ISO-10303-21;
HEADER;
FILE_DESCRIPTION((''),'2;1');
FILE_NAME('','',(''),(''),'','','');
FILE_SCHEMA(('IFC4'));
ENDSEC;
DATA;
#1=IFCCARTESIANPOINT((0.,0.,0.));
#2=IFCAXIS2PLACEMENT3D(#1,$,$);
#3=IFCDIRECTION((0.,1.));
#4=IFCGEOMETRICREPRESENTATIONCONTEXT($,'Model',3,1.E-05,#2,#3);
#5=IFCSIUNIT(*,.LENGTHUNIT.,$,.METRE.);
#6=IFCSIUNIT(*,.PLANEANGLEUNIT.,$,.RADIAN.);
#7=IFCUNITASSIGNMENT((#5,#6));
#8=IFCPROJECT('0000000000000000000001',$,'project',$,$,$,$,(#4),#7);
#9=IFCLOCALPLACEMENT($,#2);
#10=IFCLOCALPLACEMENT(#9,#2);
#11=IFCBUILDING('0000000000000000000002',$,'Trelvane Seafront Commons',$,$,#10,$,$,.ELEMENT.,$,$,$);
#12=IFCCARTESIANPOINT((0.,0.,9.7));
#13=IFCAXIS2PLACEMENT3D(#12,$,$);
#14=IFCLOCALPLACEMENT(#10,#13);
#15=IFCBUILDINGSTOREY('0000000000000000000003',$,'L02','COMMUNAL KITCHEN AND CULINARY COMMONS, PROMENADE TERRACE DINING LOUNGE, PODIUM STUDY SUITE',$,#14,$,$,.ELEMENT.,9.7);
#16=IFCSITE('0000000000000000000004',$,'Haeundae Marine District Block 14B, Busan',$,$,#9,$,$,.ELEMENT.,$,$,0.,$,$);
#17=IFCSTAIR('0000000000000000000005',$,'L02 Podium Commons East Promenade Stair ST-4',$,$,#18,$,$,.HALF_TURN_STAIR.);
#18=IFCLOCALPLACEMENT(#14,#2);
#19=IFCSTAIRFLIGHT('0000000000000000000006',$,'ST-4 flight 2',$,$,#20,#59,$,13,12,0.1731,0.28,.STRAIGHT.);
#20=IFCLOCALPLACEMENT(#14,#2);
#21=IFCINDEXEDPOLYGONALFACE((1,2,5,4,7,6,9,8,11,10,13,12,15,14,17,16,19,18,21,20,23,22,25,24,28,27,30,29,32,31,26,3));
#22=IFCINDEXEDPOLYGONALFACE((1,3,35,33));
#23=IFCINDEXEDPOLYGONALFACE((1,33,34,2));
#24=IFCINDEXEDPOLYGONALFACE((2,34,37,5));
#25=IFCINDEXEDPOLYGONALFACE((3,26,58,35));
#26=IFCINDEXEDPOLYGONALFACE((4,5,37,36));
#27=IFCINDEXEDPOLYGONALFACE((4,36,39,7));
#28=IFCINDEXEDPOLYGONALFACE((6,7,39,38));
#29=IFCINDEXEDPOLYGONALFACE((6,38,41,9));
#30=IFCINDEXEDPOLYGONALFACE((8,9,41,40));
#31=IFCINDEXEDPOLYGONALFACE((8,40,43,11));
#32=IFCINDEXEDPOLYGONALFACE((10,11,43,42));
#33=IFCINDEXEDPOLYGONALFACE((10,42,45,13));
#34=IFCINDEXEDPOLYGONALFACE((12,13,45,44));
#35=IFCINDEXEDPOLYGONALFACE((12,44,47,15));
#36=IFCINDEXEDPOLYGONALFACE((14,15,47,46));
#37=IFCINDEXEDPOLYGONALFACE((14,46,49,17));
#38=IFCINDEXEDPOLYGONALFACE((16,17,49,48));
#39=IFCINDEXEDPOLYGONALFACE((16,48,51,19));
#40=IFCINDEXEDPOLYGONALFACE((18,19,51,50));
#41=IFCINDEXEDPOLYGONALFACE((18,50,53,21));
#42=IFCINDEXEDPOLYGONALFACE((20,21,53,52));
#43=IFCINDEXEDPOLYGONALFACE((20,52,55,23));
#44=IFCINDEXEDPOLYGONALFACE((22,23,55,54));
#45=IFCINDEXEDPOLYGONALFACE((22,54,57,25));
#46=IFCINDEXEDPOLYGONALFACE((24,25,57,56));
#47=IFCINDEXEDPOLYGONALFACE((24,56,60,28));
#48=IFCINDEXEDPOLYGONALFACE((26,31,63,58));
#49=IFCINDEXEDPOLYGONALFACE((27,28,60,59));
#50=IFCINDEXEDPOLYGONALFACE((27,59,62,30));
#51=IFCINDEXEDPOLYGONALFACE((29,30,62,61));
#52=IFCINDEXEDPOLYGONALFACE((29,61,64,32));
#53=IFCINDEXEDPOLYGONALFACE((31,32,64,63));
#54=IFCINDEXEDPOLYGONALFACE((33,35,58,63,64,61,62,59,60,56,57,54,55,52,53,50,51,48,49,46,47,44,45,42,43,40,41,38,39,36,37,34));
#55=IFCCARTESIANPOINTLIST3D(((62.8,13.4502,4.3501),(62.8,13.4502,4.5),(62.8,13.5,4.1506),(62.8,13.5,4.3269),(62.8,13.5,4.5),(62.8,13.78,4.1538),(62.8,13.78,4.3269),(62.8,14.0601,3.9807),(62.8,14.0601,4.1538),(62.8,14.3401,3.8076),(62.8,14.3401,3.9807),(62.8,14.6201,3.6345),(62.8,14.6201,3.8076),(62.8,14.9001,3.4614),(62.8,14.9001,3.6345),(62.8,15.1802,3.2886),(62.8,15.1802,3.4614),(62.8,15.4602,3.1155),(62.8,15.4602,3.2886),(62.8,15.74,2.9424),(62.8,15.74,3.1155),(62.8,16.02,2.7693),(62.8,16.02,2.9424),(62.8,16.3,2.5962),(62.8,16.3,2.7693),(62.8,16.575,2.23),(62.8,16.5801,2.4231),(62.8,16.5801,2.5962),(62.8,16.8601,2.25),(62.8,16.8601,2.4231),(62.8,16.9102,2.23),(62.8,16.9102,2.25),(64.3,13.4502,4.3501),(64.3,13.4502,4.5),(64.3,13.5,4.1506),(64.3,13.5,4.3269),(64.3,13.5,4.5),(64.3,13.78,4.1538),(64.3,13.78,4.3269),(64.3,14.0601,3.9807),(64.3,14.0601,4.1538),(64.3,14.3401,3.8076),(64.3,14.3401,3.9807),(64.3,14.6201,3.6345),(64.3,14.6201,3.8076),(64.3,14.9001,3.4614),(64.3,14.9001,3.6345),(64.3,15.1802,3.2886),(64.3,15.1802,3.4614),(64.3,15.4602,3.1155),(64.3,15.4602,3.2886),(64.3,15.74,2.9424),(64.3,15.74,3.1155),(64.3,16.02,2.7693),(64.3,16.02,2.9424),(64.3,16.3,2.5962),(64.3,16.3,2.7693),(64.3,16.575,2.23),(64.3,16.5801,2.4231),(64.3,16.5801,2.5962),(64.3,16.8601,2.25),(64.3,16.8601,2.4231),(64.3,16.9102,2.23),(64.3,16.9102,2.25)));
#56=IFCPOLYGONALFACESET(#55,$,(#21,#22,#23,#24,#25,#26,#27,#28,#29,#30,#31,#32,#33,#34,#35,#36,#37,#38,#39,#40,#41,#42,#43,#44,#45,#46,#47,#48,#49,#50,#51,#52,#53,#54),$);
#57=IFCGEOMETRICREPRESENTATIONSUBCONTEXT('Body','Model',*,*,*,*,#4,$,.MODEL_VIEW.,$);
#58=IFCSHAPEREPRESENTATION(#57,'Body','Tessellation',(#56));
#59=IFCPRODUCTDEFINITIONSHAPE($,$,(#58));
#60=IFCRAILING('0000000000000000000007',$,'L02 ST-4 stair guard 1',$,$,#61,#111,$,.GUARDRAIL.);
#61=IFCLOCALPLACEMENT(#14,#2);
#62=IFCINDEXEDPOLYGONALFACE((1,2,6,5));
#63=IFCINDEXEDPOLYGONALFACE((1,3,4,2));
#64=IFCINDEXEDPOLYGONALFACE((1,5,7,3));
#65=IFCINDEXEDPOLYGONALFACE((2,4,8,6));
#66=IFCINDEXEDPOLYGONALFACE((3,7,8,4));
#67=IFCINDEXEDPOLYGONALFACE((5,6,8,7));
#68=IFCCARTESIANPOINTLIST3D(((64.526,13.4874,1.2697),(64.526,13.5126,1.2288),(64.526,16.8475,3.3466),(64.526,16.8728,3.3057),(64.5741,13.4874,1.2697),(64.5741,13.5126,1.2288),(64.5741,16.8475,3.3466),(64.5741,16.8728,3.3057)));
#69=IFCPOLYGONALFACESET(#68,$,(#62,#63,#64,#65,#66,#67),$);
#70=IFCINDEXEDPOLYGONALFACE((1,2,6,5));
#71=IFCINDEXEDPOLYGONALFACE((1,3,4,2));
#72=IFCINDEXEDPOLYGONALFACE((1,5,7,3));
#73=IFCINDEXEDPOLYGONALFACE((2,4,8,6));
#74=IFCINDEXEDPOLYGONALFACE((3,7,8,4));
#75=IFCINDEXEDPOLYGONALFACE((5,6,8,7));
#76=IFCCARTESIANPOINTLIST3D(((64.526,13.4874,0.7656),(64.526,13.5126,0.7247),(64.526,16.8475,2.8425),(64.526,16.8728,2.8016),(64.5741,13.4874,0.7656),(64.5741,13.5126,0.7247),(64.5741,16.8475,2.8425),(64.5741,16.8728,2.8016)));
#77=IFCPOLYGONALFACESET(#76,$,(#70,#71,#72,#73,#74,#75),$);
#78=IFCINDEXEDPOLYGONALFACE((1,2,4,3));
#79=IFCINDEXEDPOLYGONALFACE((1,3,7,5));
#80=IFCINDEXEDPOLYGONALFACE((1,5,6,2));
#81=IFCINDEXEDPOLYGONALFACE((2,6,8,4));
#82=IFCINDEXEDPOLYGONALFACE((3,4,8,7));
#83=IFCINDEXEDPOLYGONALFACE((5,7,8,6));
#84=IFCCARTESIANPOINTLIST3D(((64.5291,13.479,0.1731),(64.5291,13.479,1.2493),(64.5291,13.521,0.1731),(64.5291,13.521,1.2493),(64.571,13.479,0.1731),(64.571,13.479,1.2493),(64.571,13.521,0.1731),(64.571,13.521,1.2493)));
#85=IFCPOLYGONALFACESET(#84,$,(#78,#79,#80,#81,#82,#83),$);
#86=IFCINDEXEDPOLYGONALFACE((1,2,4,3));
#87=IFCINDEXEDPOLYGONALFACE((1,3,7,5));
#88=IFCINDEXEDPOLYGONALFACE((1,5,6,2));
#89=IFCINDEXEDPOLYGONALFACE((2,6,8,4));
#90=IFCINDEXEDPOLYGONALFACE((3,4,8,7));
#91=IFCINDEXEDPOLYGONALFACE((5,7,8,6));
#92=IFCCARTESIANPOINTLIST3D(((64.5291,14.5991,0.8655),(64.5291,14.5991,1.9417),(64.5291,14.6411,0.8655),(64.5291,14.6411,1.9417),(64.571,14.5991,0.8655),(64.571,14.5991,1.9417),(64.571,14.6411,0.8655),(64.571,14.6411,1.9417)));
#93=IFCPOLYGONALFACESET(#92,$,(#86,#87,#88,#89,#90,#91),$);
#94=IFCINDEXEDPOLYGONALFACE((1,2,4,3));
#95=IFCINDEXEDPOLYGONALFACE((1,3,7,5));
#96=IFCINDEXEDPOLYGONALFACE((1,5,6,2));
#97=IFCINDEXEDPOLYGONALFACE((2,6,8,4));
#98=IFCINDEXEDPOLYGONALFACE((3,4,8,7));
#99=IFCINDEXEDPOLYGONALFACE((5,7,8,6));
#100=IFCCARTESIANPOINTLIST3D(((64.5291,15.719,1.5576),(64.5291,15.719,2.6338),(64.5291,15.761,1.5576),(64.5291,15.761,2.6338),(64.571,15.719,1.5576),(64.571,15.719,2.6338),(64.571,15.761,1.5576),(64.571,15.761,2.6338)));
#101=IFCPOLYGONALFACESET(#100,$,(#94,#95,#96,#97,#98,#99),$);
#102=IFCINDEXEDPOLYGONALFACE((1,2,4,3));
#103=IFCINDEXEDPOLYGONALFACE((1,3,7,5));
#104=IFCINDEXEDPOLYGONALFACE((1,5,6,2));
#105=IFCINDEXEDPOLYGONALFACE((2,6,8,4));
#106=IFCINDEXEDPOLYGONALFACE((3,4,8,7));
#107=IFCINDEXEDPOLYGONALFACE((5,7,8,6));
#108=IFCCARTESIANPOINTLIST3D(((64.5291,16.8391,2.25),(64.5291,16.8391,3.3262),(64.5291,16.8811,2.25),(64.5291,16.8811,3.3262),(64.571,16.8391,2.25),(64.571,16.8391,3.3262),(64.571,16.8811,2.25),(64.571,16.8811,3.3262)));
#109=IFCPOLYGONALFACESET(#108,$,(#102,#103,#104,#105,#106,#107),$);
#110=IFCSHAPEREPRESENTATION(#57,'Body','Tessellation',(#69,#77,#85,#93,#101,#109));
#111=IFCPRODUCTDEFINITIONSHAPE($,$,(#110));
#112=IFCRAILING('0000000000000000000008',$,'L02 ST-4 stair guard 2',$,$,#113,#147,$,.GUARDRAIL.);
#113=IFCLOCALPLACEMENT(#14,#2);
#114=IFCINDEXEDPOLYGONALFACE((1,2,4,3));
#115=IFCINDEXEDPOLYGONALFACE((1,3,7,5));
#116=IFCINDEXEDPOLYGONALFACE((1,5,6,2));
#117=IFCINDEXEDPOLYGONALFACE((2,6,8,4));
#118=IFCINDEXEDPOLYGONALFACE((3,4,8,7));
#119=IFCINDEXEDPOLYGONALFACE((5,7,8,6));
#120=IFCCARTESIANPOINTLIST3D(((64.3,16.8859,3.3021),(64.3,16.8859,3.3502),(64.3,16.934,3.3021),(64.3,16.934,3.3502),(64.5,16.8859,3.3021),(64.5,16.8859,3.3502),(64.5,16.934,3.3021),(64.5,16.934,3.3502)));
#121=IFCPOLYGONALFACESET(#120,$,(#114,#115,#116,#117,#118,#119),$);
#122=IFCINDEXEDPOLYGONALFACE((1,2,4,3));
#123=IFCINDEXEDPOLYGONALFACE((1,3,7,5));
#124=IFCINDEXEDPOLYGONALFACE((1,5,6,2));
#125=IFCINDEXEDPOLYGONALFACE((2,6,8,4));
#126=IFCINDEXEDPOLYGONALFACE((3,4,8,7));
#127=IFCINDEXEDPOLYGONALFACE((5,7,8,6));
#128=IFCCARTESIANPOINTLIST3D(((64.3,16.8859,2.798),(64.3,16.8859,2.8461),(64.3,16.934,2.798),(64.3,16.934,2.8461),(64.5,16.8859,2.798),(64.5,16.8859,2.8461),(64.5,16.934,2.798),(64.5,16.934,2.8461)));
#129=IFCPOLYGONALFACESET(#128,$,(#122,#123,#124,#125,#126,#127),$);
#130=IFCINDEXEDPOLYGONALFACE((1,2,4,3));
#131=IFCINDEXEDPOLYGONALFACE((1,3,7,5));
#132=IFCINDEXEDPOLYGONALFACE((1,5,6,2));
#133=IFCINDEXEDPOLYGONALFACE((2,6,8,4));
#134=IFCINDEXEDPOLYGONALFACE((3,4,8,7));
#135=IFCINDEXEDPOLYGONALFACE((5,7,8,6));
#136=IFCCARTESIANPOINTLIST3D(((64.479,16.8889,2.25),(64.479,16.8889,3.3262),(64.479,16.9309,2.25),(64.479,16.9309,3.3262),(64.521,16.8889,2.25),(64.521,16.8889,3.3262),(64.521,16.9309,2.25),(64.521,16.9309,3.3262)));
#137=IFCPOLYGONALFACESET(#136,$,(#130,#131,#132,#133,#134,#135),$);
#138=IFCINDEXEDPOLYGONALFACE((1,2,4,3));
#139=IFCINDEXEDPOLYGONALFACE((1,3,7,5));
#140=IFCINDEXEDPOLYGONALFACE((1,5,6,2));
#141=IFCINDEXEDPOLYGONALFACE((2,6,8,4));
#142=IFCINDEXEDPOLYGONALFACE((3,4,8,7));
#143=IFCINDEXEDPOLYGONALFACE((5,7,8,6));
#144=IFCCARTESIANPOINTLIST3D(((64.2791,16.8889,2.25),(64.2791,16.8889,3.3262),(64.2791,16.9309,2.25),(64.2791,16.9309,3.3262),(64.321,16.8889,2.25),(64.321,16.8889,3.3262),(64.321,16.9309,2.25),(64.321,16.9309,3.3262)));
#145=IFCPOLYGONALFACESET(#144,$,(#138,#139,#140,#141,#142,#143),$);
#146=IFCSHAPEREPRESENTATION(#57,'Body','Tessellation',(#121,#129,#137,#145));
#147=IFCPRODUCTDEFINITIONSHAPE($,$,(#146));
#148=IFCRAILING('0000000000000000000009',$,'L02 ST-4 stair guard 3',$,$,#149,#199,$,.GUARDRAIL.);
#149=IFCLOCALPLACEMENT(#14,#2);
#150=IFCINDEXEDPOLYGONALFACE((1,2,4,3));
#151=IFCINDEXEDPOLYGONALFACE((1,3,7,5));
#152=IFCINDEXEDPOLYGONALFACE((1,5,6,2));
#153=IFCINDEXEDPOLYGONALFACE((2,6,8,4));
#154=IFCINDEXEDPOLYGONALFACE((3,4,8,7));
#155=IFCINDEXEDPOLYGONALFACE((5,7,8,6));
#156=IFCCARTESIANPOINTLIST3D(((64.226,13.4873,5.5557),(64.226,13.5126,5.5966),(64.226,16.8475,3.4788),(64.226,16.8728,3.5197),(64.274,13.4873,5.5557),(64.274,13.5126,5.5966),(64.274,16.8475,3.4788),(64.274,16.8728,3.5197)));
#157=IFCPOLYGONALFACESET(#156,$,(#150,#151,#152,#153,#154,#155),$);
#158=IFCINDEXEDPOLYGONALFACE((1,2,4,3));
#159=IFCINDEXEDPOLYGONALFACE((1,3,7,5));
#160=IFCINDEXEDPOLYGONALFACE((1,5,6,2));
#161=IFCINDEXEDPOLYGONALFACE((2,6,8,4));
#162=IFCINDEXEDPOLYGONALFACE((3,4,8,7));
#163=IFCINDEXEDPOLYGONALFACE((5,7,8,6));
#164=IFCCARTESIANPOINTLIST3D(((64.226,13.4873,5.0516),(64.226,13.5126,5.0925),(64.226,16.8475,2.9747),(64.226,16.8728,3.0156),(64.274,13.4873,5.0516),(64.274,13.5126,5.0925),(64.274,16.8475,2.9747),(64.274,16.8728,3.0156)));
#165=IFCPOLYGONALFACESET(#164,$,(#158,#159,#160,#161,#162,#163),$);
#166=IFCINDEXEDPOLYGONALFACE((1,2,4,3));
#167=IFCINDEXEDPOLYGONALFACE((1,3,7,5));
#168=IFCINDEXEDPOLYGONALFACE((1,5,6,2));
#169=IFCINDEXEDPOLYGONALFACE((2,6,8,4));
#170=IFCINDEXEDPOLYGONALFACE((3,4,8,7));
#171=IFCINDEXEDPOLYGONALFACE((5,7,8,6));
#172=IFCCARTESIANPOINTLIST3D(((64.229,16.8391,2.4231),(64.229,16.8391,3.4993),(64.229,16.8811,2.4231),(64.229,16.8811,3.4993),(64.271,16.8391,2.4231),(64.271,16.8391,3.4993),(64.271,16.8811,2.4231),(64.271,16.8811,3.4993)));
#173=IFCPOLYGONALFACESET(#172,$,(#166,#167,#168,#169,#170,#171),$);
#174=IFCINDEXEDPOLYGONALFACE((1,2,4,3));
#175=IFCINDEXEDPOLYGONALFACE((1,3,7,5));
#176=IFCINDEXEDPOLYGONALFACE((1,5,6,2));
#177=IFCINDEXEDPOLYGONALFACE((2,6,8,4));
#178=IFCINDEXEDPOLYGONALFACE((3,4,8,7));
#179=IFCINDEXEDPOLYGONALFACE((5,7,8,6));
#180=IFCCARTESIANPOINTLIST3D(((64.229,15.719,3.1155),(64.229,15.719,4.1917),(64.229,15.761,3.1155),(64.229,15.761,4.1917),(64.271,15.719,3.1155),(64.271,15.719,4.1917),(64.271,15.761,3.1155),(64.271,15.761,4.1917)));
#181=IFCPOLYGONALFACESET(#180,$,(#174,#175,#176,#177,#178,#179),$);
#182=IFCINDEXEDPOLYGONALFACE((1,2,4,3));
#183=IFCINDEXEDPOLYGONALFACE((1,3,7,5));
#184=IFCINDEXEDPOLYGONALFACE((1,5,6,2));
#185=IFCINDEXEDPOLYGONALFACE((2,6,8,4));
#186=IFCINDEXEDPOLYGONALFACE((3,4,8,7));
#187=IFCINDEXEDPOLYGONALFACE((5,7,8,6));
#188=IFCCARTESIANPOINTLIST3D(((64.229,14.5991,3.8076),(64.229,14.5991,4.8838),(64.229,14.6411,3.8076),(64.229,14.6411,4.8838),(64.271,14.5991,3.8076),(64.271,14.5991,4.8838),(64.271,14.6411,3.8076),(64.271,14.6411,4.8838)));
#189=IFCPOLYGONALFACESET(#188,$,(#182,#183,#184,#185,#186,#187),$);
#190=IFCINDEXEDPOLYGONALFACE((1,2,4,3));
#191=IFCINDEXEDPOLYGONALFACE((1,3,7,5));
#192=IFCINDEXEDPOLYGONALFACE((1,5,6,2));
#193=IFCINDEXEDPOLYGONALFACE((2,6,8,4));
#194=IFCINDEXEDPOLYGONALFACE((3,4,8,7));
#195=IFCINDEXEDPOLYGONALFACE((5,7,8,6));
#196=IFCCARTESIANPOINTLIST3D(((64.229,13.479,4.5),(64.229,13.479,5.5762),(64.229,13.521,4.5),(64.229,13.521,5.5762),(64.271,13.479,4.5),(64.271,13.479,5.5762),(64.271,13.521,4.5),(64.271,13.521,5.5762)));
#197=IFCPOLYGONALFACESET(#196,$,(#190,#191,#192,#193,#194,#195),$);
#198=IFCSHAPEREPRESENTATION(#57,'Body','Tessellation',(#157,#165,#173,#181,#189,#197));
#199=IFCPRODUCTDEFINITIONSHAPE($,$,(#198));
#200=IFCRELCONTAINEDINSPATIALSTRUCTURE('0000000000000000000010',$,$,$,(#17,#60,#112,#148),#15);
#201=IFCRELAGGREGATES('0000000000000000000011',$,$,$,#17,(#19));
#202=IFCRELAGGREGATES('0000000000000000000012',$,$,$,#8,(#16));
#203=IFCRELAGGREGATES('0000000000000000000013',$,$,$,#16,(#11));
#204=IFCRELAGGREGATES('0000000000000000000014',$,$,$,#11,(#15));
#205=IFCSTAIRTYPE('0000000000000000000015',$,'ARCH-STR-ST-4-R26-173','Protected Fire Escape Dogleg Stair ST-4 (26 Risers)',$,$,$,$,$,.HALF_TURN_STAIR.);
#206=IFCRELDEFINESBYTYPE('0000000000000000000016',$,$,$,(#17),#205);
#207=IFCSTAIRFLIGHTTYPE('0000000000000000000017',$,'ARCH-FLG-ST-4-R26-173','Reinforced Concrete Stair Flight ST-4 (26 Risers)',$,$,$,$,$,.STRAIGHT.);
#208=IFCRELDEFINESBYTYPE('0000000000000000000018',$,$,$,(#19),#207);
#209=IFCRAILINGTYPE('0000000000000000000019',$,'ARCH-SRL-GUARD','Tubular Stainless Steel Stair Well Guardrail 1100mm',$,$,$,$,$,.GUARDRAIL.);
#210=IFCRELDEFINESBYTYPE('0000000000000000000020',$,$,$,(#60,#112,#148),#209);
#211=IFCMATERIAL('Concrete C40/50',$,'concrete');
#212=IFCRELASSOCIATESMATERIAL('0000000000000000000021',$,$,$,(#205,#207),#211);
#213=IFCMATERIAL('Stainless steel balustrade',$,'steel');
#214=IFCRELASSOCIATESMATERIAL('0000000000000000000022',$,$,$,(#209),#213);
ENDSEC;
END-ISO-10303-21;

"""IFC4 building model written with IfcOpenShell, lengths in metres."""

from ifc_helpers import new_model, si_unit, direction, frame, origin, origin_2d, place, context, subcontext, project, spatial, polyline, rectangle, outline, extrude, source, transform, mapped, material, type_object, element, aggregate, save


model = new_model("IFC4")

# Units and contexts
model_context = context("Model", 3, precision=1e-05, world=origin(), true_north=direction((0.0, 1.0)))
body_context = subcontext(model_context, "Body", "Model", "MODEL_VIEW")
ifc_project = project(units=[si_unit("LENGTHUNIT", "METRE"), si_unit("PLANEANGLEUNIT", "RADIAN")], contexts=[model_context])

# Site, building, storey
site_placement = place(None, origin())
site = spatial("IfcSite", under=ifc_project, at=site_placement, Name="Haeundae Marine District Block 14B, Busan", CompositionType="ELEMENT", RefElevation=0.0)
building_placement = place(site_placement, origin())
building = spatial("IfcBuilding", under=site, at=building_placement, Name="Trelvane Seafront Commons", CompositionType="ELEMENT")
storey_placement = place(building_placement, frame((0.0, 0.0, 9.7)))
storey = spatial("IfcBuildingStorey", under=building, at=storey_placement, Name="L02", Description="COMMUNAL KITCHEN AND CULINARY COMMONS, PROMENADE TERRACE DINING LOUNGE, PODIUM STUDY SUITE", CompositionType="ELEMENT", Elevation=9.7)

# Shared definitions
ifc_material_1 = material(Name="Concrete C40/50", Category="concrete")

# Stair, stair flight
stair_type = type_object("IfcStairType", Name="ARCH-STR-ST-4-R26-173", Description="Protected Fire Escape Dogleg Stair ST-4 (26 Risers)", PredefinedType="HALF_TURN_STAIR", material=ifc_material_1)
stair_placement = place(storey_placement, origin())
stair = element("IfcStair", 1, at=stair_placement, inside=storey, type_object=stair_type, Name="L02 Podium Commons East Promenade Stair ST-4", PredefinedType="HALF_TURN_STAIR")
stair_flight_type = type_object("IfcStairFlightType", Name="ARCH-FLG-ST-4-R26-173", Description="Reinforced Concrete Stair Flight ST-4 (26 Risers)", PredefinedType="STRAIGHT", material=ifc_material_1)
shared_shape_1 = source(origin(), body_context, "Body", "SweptSolid", [
    extrude(outline(polyline([(-0.05, -0.02), (-0.05, 0.0), (0.0, 0.0), (0.0, 0.1731), (0.28, 0.1731), (0.28, 0.3462), (0.5601, 0.3462), (0.5601, 0.5193), (0.8401, 0.5193), (0.8401, 0.6924), (1.1201, 0.6924), (1.1201, 0.8655), (1.3999, 0.8655), (1.3999, 1.0386), (1.6799, 1.0386), (1.6799, 1.2114), (1.96, 1.2114), (1.96, 1.3845), (2.24, 1.3845), (2.24, 1.5576), (2.52, 1.5576), (2.52, 1.7307), (2.8, 1.7307), (2.8, 1.9038), (3.0801, 1.9038), (3.0801, 2.0769), (3.3601, 2.0769), (3.3601, 2.25), (3.4099, 2.25), (3.4099, 2.1001), (3.3601, 1.9006), (0.2852, -0.02), (-0.05, -0.02)])), frame((0.0, 0.75, 0.0), z_axis=(0.0, -1.0, 0.0), x_axis=(1.0, 0.0, 0.0)), (0.0, 0.0, 1.0), 1.5),
])
stair_flight_1_placement = place(storey_placement, frame((63.55, 16.8601, 2.25), z_axis=(0.0, 0.0, 1.0), x_axis=(0.0, -1.0, 0.0)))
stair_flight_1 = element("IfcStairFlight", 2, at=stair_flight_1_placement, type_object=stair_flight_type, Name="ST-4 flight 2", NumberOfRisers=13, NumberOfTreads=12, PredefinedType="STRAIGHT", RiserHeight=0.1731, TreadLength=0.28, context=body_context, shape_type="MappedRepresentation", body=[
    mapped(shared_shape_1, transform((0.0, 0.0, 0.0), x_axis=(1.0, 0.0, 0.0), y_axis=(0.0, 1.0, 0.0), z_axis=(0.0, 0.0, 1.0), scale=1.0)),
])
aggregate(stair, [stair_flight_1])

# Railings
ifc_material_2 = material(Name="Stainless steel balustrade", Category="steel")
railing_type_1 = type_object("IfcRailingType", Name="ARCH-SRL-GUARD", Description="Tubular Stainless Steel Stair Well Guardrail 1100mm", PredefinedType="GUARDRAIL", material=ifc_material_2)
railing_1_placement = place(storey_placement, frame((64.55, 13.5, 0.1731)))
element("IfcRailing", 3, at=railing_1_placement, inside=storey, type_object=railing_type_1, Name="L02 ST-4 stair guard 1", PredefinedType="GUARDRAIL", context=body_context, shape_type="SweptSolid", body=[
    extrude(rectangle(XDim=0.0481, YDim=0.0481, at=origin_2d()), frame((0.0, 0.0, 1.0762), z_axis=(0.0, 0.850623, 0.525776), x_axis=(-1.0, 0.0, 0.0)), (0.0, 0.0, 1.0), 3.9502),
    extrude(rectangle(XDim=0.0481, YDim=0.0481, at=origin_2d()), frame((0.0, 0.0, 0.572), z_axis=(0.0, 0.850623, 0.525776), x_axis=(-1.0, 0.0, 0.0)), (0.0, 0.0, 1.0), 3.9502),
    extrude(rectangle(XDim=0.042, YDim=0.042, at=origin_2d()), origin(), (0.0, 0.0, 1.0), 1.0762),
    extrude(rectangle(XDim=0.042, YDim=0.042, at=origin_2d()), frame((0.0, 1.1201, 0.6924)), (0.0, 0.0, 1.0), 1.0762),
    extrude(rectangle(XDim=0.042, YDim=0.042, at=origin_2d()), frame((0.0, 2.24, 1.3845)), (0.0, 0.0, 1.0), 1.0762),
    extrude(rectangle(XDim=0.042, YDim=0.042, at=origin_2d()), frame((0.0, 3.3601, 2.0769)), (0.0, 0.0, 1.0), 1.0762),
])
railing_2_placement = place(storey_placement, frame((64.5, 16.9099, 2.25)))
element("IfcRailing", 4, at=railing_2_placement, inside=storey, type_object=railing_type_1, Name="L02 ST-4 stair guard 2", PredefinedType="GUARDRAIL", context=body_context, shape_type="SweptSolid", body=[
    extrude(rectangle(XDim=0.0481, YDim=0.0481, at=origin_2d()), frame((0.0, 0.0, 1.0762), z_axis=(-1.0, 0.0, 0.0), x_axis=(0.0, -1.0, 0.0)), (0.0, 0.0, 1.0), 0.2),
    extrude(rectangle(XDim=0.0481, YDim=0.0481, at=origin_2d()), frame((0.0, 0.0, 0.572), z_axis=(-1.0, 0.0, 0.0), x_axis=(0.0, -1.0, 0.0)), (0.0, 0.0, 1.0), 0.2),
    extrude(rectangle(XDim=0.042, YDim=0.042, at=origin_2d()), origin(), (0.0, 0.0, 1.0), 1.0762),
    extrude(rectangle(XDim=0.042, YDim=0.042, at=origin_2d()), frame((-0.2, 0.0, 0.0)), (0.0, 0.0, 1.0), 1.0762),
])
railing_3_placement = place(storey_placement, frame((64.25, 16.8601, 2.4231)))
element("IfcRailing", 5, at=railing_3_placement, inside=storey, type_object=railing_type_1, Name="L02 ST-4 stair guard 3", PredefinedType="GUARDRAIL", context=body_context, shape_type="SweptSolid", body=[
    extrude(rectangle(XDim=0.0481, YDim=0.0481, at=origin_2d()), frame((0.0, 0.0, 1.0762), z_axis=(0.0, -0.850623, 0.525776), x_axis=(1.0, 0.0, 0.0)), (0.0, 0.0, 1.0), 3.9502),
    extrude(rectangle(XDim=0.0481, YDim=0.0481, at=origin_2d()), frame((0.0, 0.0, 0.572), z_axis=(0.0, -0.850623, 0.525776), x_axis=(1.0, 0.0, 0.0)), (0.0, 0.0, 1.0), 3.9502),
    extrude(rectangle(XDim=0.042, YDim=0.042, at=origin_2d()), origin(), (0.0, 0.0, 1.0), 1.0762),
    extrude(rectangle(XDim=0.042, YDim=0.042, at=origin_2d()), frame((0.0, -1.1201, 0.6924)), (0.0, 0.0, 1.0), 1.0762),
    extrude(rectangle(XDim=0.042, YDim=0.042, at=origin_2d()), frame((0.0, -2.24, 1.3845)), (0.0, 0.0, 1.0), 1.0762),
    extrude(rectangle(XDim=0.042, YDim=0.042, at=origin_2d()), frame((0.0, -3.3601, 2.0769)), (0.0, 0.0, 1.0), 1.0762),
])

save(model, "model.ifc")
